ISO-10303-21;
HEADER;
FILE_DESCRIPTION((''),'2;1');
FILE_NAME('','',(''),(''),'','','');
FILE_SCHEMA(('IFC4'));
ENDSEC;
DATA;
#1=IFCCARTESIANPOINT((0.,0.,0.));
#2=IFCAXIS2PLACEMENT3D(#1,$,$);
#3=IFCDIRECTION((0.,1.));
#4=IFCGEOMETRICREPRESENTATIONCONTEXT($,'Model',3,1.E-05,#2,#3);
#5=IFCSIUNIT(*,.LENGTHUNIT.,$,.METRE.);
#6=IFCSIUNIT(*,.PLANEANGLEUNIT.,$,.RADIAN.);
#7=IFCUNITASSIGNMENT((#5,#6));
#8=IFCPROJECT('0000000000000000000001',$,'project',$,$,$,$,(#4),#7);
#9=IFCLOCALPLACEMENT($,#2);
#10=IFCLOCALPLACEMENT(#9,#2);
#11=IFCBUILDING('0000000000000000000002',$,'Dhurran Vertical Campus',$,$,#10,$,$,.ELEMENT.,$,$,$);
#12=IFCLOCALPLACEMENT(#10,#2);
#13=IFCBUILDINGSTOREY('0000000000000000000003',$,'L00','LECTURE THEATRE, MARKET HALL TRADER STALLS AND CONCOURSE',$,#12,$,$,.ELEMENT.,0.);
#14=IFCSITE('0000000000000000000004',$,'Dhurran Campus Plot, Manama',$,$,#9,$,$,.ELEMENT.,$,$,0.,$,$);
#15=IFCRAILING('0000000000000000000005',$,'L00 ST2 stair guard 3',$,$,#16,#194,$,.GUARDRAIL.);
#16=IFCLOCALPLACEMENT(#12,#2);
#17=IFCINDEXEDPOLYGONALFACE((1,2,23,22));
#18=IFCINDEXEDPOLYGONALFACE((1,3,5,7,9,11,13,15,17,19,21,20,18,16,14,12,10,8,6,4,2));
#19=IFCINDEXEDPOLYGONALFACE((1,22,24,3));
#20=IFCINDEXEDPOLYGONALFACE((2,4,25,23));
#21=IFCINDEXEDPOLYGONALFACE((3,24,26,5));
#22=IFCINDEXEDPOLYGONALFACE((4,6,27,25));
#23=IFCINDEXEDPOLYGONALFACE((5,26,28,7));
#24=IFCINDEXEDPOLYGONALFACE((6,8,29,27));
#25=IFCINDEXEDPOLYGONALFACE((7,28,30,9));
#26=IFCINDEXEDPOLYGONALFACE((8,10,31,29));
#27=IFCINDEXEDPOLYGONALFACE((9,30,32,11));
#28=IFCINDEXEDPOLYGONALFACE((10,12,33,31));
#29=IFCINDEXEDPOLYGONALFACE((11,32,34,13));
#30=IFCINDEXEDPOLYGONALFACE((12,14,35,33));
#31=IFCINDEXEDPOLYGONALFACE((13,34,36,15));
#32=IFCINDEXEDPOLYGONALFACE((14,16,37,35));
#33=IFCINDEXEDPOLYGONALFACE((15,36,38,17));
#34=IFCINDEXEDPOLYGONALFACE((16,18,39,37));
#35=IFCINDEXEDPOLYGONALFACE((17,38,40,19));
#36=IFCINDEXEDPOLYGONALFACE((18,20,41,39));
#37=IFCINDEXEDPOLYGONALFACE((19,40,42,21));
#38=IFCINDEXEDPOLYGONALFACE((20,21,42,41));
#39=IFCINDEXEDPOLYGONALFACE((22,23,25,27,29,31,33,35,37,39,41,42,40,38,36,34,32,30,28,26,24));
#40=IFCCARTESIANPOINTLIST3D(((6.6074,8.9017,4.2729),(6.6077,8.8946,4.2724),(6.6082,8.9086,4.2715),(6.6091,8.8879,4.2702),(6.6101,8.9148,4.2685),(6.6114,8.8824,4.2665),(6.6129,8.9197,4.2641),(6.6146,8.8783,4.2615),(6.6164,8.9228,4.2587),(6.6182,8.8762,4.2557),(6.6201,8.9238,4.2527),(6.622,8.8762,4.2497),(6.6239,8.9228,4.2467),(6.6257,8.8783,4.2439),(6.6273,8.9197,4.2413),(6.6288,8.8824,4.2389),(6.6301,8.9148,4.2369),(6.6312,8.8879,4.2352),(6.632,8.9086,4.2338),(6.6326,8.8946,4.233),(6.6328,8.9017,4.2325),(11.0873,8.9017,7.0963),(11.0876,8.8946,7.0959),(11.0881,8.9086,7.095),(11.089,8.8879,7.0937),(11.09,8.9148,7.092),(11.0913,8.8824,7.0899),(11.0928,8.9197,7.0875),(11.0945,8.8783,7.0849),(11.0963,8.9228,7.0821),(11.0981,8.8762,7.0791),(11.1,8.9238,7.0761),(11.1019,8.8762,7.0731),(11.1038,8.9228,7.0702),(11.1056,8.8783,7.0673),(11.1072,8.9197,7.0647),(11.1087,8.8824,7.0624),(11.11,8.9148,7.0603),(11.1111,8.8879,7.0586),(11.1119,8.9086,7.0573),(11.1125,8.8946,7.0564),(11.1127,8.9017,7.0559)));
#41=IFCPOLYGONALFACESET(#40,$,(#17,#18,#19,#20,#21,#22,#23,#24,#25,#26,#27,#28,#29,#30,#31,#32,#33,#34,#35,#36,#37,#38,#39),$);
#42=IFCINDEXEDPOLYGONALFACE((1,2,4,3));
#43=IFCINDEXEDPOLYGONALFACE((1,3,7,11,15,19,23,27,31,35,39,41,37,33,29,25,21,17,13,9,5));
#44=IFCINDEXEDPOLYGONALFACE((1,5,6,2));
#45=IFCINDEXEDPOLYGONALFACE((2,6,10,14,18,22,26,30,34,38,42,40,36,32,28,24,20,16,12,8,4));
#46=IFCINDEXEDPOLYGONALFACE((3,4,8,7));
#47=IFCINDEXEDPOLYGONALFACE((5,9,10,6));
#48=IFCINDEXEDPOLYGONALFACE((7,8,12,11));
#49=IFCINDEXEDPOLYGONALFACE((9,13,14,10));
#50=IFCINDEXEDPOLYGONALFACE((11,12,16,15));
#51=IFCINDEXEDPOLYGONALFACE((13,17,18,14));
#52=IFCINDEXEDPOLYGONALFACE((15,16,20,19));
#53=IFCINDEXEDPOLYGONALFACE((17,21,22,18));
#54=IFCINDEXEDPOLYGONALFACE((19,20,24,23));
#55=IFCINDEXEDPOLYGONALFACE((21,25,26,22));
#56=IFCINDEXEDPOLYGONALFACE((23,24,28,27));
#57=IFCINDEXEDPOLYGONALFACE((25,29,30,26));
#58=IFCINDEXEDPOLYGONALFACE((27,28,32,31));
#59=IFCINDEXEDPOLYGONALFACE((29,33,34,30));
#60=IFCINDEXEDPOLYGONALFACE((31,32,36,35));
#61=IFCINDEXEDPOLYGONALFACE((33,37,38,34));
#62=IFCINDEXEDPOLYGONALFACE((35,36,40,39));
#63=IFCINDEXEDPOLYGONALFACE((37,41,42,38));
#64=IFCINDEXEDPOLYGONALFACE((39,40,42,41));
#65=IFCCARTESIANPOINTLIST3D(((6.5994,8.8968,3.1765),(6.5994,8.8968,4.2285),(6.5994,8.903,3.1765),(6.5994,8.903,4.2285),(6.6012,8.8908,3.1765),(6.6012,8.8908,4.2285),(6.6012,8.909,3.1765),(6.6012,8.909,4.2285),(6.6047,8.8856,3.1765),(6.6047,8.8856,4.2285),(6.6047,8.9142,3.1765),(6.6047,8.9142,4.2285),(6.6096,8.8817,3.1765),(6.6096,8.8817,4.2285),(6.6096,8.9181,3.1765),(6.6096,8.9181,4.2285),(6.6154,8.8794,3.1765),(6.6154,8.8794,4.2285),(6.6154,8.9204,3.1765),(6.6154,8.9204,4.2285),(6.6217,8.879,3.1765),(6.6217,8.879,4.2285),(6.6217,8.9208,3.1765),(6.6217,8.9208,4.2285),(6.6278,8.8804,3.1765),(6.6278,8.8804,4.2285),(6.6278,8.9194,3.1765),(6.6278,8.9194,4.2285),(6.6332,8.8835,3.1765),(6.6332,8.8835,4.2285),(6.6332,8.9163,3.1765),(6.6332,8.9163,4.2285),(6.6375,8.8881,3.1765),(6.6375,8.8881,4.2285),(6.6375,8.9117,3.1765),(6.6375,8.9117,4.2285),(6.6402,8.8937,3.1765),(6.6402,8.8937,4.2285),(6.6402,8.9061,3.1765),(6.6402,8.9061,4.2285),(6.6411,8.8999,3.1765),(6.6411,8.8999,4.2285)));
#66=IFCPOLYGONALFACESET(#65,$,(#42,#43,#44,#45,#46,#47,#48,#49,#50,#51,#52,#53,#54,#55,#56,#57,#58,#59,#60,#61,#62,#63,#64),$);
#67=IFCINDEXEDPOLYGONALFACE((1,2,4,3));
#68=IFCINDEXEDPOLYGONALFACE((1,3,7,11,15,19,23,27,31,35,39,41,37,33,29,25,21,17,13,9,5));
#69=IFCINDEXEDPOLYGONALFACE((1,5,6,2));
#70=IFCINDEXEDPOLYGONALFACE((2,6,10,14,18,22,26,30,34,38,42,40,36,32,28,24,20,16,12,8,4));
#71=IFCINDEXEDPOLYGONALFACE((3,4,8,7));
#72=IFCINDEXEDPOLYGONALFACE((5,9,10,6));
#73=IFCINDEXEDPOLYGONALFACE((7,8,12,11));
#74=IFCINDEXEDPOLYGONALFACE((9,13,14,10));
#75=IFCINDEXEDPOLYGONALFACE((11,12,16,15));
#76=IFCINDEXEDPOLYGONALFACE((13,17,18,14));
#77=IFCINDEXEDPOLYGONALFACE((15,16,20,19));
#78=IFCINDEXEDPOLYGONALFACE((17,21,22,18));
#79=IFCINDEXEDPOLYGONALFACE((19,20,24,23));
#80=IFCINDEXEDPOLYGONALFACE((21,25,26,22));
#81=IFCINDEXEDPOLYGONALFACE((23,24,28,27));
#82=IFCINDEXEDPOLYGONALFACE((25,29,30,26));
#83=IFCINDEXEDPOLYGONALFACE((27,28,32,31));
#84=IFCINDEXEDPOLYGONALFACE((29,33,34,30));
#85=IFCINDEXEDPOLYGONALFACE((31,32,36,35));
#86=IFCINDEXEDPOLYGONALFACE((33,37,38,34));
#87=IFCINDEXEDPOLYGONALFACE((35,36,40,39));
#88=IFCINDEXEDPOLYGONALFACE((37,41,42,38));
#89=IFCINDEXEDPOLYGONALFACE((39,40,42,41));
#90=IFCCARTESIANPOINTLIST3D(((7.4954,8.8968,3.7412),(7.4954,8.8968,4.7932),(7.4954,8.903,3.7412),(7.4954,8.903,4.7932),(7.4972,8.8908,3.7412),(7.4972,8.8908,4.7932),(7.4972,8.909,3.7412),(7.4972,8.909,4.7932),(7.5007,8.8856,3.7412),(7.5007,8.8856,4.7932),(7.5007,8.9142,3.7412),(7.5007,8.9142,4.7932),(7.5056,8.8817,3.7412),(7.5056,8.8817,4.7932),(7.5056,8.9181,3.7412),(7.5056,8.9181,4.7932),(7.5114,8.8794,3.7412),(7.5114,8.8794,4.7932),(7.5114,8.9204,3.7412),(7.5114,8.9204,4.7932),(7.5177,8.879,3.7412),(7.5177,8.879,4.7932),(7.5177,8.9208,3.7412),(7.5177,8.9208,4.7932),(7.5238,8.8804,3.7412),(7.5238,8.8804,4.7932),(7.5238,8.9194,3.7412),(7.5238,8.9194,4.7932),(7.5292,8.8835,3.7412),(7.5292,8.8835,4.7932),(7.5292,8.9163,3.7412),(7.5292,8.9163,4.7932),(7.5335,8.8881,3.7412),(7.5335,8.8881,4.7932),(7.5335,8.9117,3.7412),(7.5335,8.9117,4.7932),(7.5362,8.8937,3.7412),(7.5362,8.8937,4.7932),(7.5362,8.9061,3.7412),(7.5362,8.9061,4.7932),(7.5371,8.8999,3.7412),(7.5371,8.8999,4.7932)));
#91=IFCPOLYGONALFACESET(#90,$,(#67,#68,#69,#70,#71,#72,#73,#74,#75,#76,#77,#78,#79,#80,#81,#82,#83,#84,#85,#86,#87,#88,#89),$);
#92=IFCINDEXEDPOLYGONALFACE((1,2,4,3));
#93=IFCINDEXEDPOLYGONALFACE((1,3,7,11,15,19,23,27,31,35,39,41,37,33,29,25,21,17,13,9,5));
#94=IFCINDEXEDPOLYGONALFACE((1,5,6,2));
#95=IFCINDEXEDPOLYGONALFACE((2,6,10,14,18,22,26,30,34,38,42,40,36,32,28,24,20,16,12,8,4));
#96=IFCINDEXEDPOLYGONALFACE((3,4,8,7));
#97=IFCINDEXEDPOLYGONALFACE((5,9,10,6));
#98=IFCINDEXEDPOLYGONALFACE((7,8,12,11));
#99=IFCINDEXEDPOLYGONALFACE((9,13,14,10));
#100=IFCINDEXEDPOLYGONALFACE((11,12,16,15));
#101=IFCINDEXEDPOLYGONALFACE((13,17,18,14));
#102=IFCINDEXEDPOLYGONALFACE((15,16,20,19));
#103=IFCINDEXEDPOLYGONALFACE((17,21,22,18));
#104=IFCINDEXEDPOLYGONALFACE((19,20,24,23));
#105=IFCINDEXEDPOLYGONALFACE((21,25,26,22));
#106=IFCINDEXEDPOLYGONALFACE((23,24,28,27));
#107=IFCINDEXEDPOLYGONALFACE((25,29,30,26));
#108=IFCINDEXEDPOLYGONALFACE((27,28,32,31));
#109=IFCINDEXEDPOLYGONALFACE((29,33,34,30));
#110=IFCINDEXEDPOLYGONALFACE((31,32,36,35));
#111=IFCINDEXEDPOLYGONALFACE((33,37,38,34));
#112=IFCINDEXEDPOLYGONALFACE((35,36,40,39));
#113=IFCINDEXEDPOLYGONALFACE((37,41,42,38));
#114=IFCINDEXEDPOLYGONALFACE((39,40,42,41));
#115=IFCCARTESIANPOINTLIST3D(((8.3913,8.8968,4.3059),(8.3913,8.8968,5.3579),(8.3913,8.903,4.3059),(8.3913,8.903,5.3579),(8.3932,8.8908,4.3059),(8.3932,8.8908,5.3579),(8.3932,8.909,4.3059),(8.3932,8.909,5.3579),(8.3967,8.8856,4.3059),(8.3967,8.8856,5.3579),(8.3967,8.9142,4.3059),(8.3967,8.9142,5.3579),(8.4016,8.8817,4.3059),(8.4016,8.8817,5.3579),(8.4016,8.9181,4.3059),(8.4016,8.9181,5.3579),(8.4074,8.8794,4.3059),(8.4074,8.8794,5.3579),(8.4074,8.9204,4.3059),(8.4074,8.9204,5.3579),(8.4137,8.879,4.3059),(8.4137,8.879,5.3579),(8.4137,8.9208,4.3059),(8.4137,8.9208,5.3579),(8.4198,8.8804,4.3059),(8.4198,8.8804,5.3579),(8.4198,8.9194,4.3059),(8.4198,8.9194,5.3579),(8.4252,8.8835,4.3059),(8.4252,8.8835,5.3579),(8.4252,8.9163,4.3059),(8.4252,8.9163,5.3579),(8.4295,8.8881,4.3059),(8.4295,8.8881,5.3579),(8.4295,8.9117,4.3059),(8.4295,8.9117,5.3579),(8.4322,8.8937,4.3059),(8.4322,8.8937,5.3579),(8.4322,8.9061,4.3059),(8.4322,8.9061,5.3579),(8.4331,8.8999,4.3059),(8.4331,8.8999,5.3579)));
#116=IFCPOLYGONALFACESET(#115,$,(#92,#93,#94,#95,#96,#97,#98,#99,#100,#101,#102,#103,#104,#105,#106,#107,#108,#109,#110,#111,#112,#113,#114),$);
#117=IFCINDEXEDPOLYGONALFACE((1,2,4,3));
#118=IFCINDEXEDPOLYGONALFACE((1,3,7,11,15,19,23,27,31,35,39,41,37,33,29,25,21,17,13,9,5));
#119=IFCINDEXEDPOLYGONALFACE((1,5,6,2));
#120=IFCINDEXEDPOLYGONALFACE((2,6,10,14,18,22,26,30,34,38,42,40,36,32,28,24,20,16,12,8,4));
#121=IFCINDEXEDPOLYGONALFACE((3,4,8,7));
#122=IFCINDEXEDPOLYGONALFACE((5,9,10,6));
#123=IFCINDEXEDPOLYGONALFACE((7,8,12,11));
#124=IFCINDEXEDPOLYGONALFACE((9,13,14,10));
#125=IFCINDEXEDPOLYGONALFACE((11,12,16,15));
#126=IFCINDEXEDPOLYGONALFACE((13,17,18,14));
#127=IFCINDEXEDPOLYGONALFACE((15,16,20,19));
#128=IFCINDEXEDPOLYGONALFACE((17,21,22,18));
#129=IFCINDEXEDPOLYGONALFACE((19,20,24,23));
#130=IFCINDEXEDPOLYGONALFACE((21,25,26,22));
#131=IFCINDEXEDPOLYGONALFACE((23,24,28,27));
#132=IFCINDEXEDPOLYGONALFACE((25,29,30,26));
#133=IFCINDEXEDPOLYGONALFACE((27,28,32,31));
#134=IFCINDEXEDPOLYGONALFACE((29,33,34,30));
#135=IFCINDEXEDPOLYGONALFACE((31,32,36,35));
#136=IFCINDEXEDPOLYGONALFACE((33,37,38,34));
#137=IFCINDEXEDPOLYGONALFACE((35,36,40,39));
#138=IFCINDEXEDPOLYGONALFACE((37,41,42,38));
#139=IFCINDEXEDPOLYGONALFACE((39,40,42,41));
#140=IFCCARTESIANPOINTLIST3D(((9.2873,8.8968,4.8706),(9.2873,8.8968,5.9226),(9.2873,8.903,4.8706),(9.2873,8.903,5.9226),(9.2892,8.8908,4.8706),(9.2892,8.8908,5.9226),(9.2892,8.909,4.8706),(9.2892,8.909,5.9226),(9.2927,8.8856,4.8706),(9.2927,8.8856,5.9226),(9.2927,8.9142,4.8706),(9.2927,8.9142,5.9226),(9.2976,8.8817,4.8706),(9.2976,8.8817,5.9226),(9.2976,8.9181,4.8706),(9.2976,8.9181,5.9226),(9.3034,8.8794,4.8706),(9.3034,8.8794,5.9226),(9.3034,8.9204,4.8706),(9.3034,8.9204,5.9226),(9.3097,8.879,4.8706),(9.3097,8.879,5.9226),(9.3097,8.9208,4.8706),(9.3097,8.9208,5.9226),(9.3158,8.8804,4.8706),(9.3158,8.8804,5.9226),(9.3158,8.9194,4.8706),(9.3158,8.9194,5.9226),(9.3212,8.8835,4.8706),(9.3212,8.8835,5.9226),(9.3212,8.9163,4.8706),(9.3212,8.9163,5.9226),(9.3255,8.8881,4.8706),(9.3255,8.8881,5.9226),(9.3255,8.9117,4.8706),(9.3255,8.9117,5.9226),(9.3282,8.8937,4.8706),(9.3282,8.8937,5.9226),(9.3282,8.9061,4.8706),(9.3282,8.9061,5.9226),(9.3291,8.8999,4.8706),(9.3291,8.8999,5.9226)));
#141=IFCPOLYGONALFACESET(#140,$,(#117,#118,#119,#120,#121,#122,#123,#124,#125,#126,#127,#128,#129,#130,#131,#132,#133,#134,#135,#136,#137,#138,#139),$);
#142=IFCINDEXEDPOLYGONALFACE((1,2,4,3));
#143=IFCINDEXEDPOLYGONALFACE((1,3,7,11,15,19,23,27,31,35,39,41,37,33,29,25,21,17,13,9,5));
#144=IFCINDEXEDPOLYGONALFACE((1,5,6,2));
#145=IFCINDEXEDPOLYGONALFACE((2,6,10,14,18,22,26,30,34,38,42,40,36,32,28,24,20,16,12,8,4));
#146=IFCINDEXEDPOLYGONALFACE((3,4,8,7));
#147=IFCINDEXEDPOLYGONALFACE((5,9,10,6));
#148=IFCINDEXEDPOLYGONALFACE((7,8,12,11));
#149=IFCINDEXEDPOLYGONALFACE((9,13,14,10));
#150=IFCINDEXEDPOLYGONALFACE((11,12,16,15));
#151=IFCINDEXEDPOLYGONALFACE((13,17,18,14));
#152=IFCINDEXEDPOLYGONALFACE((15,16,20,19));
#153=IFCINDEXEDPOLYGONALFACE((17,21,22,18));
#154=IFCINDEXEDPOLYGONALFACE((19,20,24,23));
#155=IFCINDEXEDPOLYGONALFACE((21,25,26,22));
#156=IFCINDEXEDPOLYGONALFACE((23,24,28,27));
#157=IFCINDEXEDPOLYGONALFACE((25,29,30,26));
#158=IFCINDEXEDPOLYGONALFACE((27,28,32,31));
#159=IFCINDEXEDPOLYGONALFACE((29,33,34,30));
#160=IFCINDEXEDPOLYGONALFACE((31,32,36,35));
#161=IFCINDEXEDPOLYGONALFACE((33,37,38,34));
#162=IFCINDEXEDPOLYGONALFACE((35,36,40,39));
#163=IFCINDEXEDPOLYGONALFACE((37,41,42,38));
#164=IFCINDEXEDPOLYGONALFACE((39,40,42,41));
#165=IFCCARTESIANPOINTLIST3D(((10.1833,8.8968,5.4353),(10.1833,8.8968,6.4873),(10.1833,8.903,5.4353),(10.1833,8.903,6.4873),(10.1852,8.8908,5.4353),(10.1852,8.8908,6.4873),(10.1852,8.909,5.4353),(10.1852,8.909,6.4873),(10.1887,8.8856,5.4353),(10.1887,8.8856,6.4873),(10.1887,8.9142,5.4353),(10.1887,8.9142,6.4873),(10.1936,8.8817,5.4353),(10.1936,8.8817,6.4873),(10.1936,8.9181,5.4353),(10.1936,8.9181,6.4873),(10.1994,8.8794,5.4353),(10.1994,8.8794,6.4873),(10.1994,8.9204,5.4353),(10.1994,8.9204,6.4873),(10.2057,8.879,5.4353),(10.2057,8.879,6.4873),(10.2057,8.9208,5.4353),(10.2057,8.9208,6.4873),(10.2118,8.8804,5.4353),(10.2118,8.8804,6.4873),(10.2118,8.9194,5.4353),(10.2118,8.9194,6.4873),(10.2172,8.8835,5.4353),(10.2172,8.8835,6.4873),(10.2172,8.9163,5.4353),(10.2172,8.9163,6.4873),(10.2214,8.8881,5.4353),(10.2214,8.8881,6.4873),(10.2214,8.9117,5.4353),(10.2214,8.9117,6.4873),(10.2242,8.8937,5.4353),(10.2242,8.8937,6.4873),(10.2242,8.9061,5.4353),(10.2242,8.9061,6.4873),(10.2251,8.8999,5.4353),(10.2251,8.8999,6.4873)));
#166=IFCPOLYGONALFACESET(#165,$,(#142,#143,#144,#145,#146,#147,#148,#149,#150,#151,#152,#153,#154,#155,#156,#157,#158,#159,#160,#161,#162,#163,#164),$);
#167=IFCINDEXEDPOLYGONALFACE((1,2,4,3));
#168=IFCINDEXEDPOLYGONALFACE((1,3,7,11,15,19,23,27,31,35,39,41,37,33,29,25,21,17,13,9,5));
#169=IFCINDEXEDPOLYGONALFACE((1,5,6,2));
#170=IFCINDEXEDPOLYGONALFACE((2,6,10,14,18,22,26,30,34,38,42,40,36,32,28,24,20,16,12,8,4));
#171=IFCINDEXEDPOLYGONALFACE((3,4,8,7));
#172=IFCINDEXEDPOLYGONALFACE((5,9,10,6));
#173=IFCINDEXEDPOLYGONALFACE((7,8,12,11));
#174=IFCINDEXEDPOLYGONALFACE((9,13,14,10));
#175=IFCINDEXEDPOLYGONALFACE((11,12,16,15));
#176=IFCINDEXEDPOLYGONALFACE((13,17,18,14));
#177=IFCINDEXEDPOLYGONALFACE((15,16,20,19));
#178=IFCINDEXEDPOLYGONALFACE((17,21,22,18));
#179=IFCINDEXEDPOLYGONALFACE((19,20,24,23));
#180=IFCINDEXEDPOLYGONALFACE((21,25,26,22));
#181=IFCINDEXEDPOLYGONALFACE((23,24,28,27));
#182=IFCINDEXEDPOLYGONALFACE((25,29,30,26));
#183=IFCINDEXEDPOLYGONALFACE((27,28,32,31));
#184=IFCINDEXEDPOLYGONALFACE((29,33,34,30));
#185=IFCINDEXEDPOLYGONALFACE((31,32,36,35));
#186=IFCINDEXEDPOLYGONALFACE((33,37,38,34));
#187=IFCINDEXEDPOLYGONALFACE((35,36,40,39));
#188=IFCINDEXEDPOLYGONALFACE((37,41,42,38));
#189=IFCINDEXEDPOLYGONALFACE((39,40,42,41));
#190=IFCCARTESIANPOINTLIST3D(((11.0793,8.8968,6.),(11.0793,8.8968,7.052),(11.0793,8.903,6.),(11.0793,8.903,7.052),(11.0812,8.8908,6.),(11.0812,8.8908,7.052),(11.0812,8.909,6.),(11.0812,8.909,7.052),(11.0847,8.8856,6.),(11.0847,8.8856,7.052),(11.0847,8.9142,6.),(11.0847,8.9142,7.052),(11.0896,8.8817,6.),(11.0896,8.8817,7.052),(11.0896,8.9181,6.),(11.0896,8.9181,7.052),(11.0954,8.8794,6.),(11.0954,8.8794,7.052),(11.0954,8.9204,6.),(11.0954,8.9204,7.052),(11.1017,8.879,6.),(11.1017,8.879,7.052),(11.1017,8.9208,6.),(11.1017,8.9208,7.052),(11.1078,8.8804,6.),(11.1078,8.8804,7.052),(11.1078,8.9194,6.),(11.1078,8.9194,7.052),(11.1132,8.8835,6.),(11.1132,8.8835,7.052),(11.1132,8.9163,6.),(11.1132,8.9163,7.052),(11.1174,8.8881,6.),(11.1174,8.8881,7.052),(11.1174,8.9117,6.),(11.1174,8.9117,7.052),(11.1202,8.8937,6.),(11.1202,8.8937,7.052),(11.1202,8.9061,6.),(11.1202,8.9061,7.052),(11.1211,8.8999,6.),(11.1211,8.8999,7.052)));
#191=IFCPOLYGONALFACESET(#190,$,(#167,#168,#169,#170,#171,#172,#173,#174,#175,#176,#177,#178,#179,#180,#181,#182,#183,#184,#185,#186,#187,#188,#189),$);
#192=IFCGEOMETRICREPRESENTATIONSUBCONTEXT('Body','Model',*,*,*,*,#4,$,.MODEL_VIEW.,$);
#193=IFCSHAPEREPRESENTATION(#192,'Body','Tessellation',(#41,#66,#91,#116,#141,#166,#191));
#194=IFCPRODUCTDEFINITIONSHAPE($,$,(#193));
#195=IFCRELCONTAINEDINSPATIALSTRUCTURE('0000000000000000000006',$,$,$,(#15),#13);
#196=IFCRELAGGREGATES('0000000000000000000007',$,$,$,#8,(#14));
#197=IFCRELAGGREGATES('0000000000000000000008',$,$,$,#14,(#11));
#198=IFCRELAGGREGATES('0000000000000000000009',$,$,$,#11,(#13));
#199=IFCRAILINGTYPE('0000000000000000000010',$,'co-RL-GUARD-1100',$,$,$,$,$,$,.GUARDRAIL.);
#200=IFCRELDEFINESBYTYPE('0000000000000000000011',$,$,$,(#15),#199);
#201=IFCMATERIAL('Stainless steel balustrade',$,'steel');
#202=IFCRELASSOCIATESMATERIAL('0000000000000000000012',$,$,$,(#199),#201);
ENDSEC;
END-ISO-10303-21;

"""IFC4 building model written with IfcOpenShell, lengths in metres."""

from ifc_helpers import new_model, si_unit, direction, frame, origin, origin_2d, place, context, subcontext, project, spatial, circle, extrude, material, type_object, element, save


model = new_model("IFC4")

# Units and contexts
model_context = context("Model", 3, precision=1e-05, world=origin(), true_north=direction((0.0, 1.0)))
body_context = subcontext(model_context, "Body", "Model", "MODEL_VIEW")
ifc_project = project(units=[si_unit("LENGTHUNIT", "METRE"), si_unit("PLANEANGLEUNIT", "RADIAN")], contexts=[model_context])

# Site, building, storey
site_placement = place(None, origin())
site = spatial("IfcSite", under=ifc_project, at=site_placement, Name="Dhurran Campus Plot, Manama", CompositionType="ELEMENT", RefElevation=0.0)
building_placement = place(site_placement, origin())
building = spatial("IfcBuilding", under=site, at=building_placement, Name="Dhurran Vertical Campus", CompositionType="ELEMENT")
storey_placement = place(building_placement, origin())
storey = spatial("IfcBuildingStorey", under=building, at=storey_placement, Name="L00", Description="LECTURE THEATRE, MARKET HALL TRADER STALLS AND CONCOURSE", CompositionType="ELEMENT", Elevation=0.0)

# Railing
ifc_material_1 = material(Name="Stainless steel balustrade", Category="steel")
railing_type_1 = type_object("IfcRailingType", Name="co-RL-GUARD-1100", PredefinedType="GUARDRAIL", material=ifc_material_1)
railing_1_placement = place(storey_placement, frame((6.6201, 8.8999, 3.1765)))
element("IfcRailing", 1, at=railing_1_placement, inside=storey, type_object=railing_type_1, Name="L00 ST2 stair guard 3", PredefinedType="GUARDRAIL", context=body_context, shape_type="SweptSolid", body=[
    extrude(circle(Radius=0.0239, at=origin_2d()), frame((0.0, 0.0, 1.0762), z_axis=(0.845998, 0.0, 0.533186), x_axis=(0.0, 1.0, 0.0)), (0.0, 0.0, 1.0), 5.2954),
    extrude(circle(Radius=0.021, at=origin_2d()), origin(), (0.0, 0.0, 1.0), 1.052),
    extrude(circle(Radius=0.021, at=origin_2d()), frame((0.896, 0.0, 0.5647)), (0.0, 0.0, 1.0), 1.052),
    extrude(circle(Radius=0.021, at=origin_2d()), frame((1.792, 0.0, 1.1294)), (0.0, 0.0, 1.0), 1.052),
    extrude(circle(Radius=0.021, at=origin_2d()), frame((2.688, 0.0, 1.6941)), (0.0, 0.0, 1.0), 1.052),
    extrude(circle(Radius=0.021, at=origin_2d()), frame((3.584, 0.0, 2.2588)), (0.0, 0.0, 1.0), 1.052),
    extrude(circle(Radius=0.021, at=origin_2d()), frame((4.48, 0.0, 2.8235)), (0.0, 0.0, 1.0), 1.052),
])

save(model, "model.ifc")
